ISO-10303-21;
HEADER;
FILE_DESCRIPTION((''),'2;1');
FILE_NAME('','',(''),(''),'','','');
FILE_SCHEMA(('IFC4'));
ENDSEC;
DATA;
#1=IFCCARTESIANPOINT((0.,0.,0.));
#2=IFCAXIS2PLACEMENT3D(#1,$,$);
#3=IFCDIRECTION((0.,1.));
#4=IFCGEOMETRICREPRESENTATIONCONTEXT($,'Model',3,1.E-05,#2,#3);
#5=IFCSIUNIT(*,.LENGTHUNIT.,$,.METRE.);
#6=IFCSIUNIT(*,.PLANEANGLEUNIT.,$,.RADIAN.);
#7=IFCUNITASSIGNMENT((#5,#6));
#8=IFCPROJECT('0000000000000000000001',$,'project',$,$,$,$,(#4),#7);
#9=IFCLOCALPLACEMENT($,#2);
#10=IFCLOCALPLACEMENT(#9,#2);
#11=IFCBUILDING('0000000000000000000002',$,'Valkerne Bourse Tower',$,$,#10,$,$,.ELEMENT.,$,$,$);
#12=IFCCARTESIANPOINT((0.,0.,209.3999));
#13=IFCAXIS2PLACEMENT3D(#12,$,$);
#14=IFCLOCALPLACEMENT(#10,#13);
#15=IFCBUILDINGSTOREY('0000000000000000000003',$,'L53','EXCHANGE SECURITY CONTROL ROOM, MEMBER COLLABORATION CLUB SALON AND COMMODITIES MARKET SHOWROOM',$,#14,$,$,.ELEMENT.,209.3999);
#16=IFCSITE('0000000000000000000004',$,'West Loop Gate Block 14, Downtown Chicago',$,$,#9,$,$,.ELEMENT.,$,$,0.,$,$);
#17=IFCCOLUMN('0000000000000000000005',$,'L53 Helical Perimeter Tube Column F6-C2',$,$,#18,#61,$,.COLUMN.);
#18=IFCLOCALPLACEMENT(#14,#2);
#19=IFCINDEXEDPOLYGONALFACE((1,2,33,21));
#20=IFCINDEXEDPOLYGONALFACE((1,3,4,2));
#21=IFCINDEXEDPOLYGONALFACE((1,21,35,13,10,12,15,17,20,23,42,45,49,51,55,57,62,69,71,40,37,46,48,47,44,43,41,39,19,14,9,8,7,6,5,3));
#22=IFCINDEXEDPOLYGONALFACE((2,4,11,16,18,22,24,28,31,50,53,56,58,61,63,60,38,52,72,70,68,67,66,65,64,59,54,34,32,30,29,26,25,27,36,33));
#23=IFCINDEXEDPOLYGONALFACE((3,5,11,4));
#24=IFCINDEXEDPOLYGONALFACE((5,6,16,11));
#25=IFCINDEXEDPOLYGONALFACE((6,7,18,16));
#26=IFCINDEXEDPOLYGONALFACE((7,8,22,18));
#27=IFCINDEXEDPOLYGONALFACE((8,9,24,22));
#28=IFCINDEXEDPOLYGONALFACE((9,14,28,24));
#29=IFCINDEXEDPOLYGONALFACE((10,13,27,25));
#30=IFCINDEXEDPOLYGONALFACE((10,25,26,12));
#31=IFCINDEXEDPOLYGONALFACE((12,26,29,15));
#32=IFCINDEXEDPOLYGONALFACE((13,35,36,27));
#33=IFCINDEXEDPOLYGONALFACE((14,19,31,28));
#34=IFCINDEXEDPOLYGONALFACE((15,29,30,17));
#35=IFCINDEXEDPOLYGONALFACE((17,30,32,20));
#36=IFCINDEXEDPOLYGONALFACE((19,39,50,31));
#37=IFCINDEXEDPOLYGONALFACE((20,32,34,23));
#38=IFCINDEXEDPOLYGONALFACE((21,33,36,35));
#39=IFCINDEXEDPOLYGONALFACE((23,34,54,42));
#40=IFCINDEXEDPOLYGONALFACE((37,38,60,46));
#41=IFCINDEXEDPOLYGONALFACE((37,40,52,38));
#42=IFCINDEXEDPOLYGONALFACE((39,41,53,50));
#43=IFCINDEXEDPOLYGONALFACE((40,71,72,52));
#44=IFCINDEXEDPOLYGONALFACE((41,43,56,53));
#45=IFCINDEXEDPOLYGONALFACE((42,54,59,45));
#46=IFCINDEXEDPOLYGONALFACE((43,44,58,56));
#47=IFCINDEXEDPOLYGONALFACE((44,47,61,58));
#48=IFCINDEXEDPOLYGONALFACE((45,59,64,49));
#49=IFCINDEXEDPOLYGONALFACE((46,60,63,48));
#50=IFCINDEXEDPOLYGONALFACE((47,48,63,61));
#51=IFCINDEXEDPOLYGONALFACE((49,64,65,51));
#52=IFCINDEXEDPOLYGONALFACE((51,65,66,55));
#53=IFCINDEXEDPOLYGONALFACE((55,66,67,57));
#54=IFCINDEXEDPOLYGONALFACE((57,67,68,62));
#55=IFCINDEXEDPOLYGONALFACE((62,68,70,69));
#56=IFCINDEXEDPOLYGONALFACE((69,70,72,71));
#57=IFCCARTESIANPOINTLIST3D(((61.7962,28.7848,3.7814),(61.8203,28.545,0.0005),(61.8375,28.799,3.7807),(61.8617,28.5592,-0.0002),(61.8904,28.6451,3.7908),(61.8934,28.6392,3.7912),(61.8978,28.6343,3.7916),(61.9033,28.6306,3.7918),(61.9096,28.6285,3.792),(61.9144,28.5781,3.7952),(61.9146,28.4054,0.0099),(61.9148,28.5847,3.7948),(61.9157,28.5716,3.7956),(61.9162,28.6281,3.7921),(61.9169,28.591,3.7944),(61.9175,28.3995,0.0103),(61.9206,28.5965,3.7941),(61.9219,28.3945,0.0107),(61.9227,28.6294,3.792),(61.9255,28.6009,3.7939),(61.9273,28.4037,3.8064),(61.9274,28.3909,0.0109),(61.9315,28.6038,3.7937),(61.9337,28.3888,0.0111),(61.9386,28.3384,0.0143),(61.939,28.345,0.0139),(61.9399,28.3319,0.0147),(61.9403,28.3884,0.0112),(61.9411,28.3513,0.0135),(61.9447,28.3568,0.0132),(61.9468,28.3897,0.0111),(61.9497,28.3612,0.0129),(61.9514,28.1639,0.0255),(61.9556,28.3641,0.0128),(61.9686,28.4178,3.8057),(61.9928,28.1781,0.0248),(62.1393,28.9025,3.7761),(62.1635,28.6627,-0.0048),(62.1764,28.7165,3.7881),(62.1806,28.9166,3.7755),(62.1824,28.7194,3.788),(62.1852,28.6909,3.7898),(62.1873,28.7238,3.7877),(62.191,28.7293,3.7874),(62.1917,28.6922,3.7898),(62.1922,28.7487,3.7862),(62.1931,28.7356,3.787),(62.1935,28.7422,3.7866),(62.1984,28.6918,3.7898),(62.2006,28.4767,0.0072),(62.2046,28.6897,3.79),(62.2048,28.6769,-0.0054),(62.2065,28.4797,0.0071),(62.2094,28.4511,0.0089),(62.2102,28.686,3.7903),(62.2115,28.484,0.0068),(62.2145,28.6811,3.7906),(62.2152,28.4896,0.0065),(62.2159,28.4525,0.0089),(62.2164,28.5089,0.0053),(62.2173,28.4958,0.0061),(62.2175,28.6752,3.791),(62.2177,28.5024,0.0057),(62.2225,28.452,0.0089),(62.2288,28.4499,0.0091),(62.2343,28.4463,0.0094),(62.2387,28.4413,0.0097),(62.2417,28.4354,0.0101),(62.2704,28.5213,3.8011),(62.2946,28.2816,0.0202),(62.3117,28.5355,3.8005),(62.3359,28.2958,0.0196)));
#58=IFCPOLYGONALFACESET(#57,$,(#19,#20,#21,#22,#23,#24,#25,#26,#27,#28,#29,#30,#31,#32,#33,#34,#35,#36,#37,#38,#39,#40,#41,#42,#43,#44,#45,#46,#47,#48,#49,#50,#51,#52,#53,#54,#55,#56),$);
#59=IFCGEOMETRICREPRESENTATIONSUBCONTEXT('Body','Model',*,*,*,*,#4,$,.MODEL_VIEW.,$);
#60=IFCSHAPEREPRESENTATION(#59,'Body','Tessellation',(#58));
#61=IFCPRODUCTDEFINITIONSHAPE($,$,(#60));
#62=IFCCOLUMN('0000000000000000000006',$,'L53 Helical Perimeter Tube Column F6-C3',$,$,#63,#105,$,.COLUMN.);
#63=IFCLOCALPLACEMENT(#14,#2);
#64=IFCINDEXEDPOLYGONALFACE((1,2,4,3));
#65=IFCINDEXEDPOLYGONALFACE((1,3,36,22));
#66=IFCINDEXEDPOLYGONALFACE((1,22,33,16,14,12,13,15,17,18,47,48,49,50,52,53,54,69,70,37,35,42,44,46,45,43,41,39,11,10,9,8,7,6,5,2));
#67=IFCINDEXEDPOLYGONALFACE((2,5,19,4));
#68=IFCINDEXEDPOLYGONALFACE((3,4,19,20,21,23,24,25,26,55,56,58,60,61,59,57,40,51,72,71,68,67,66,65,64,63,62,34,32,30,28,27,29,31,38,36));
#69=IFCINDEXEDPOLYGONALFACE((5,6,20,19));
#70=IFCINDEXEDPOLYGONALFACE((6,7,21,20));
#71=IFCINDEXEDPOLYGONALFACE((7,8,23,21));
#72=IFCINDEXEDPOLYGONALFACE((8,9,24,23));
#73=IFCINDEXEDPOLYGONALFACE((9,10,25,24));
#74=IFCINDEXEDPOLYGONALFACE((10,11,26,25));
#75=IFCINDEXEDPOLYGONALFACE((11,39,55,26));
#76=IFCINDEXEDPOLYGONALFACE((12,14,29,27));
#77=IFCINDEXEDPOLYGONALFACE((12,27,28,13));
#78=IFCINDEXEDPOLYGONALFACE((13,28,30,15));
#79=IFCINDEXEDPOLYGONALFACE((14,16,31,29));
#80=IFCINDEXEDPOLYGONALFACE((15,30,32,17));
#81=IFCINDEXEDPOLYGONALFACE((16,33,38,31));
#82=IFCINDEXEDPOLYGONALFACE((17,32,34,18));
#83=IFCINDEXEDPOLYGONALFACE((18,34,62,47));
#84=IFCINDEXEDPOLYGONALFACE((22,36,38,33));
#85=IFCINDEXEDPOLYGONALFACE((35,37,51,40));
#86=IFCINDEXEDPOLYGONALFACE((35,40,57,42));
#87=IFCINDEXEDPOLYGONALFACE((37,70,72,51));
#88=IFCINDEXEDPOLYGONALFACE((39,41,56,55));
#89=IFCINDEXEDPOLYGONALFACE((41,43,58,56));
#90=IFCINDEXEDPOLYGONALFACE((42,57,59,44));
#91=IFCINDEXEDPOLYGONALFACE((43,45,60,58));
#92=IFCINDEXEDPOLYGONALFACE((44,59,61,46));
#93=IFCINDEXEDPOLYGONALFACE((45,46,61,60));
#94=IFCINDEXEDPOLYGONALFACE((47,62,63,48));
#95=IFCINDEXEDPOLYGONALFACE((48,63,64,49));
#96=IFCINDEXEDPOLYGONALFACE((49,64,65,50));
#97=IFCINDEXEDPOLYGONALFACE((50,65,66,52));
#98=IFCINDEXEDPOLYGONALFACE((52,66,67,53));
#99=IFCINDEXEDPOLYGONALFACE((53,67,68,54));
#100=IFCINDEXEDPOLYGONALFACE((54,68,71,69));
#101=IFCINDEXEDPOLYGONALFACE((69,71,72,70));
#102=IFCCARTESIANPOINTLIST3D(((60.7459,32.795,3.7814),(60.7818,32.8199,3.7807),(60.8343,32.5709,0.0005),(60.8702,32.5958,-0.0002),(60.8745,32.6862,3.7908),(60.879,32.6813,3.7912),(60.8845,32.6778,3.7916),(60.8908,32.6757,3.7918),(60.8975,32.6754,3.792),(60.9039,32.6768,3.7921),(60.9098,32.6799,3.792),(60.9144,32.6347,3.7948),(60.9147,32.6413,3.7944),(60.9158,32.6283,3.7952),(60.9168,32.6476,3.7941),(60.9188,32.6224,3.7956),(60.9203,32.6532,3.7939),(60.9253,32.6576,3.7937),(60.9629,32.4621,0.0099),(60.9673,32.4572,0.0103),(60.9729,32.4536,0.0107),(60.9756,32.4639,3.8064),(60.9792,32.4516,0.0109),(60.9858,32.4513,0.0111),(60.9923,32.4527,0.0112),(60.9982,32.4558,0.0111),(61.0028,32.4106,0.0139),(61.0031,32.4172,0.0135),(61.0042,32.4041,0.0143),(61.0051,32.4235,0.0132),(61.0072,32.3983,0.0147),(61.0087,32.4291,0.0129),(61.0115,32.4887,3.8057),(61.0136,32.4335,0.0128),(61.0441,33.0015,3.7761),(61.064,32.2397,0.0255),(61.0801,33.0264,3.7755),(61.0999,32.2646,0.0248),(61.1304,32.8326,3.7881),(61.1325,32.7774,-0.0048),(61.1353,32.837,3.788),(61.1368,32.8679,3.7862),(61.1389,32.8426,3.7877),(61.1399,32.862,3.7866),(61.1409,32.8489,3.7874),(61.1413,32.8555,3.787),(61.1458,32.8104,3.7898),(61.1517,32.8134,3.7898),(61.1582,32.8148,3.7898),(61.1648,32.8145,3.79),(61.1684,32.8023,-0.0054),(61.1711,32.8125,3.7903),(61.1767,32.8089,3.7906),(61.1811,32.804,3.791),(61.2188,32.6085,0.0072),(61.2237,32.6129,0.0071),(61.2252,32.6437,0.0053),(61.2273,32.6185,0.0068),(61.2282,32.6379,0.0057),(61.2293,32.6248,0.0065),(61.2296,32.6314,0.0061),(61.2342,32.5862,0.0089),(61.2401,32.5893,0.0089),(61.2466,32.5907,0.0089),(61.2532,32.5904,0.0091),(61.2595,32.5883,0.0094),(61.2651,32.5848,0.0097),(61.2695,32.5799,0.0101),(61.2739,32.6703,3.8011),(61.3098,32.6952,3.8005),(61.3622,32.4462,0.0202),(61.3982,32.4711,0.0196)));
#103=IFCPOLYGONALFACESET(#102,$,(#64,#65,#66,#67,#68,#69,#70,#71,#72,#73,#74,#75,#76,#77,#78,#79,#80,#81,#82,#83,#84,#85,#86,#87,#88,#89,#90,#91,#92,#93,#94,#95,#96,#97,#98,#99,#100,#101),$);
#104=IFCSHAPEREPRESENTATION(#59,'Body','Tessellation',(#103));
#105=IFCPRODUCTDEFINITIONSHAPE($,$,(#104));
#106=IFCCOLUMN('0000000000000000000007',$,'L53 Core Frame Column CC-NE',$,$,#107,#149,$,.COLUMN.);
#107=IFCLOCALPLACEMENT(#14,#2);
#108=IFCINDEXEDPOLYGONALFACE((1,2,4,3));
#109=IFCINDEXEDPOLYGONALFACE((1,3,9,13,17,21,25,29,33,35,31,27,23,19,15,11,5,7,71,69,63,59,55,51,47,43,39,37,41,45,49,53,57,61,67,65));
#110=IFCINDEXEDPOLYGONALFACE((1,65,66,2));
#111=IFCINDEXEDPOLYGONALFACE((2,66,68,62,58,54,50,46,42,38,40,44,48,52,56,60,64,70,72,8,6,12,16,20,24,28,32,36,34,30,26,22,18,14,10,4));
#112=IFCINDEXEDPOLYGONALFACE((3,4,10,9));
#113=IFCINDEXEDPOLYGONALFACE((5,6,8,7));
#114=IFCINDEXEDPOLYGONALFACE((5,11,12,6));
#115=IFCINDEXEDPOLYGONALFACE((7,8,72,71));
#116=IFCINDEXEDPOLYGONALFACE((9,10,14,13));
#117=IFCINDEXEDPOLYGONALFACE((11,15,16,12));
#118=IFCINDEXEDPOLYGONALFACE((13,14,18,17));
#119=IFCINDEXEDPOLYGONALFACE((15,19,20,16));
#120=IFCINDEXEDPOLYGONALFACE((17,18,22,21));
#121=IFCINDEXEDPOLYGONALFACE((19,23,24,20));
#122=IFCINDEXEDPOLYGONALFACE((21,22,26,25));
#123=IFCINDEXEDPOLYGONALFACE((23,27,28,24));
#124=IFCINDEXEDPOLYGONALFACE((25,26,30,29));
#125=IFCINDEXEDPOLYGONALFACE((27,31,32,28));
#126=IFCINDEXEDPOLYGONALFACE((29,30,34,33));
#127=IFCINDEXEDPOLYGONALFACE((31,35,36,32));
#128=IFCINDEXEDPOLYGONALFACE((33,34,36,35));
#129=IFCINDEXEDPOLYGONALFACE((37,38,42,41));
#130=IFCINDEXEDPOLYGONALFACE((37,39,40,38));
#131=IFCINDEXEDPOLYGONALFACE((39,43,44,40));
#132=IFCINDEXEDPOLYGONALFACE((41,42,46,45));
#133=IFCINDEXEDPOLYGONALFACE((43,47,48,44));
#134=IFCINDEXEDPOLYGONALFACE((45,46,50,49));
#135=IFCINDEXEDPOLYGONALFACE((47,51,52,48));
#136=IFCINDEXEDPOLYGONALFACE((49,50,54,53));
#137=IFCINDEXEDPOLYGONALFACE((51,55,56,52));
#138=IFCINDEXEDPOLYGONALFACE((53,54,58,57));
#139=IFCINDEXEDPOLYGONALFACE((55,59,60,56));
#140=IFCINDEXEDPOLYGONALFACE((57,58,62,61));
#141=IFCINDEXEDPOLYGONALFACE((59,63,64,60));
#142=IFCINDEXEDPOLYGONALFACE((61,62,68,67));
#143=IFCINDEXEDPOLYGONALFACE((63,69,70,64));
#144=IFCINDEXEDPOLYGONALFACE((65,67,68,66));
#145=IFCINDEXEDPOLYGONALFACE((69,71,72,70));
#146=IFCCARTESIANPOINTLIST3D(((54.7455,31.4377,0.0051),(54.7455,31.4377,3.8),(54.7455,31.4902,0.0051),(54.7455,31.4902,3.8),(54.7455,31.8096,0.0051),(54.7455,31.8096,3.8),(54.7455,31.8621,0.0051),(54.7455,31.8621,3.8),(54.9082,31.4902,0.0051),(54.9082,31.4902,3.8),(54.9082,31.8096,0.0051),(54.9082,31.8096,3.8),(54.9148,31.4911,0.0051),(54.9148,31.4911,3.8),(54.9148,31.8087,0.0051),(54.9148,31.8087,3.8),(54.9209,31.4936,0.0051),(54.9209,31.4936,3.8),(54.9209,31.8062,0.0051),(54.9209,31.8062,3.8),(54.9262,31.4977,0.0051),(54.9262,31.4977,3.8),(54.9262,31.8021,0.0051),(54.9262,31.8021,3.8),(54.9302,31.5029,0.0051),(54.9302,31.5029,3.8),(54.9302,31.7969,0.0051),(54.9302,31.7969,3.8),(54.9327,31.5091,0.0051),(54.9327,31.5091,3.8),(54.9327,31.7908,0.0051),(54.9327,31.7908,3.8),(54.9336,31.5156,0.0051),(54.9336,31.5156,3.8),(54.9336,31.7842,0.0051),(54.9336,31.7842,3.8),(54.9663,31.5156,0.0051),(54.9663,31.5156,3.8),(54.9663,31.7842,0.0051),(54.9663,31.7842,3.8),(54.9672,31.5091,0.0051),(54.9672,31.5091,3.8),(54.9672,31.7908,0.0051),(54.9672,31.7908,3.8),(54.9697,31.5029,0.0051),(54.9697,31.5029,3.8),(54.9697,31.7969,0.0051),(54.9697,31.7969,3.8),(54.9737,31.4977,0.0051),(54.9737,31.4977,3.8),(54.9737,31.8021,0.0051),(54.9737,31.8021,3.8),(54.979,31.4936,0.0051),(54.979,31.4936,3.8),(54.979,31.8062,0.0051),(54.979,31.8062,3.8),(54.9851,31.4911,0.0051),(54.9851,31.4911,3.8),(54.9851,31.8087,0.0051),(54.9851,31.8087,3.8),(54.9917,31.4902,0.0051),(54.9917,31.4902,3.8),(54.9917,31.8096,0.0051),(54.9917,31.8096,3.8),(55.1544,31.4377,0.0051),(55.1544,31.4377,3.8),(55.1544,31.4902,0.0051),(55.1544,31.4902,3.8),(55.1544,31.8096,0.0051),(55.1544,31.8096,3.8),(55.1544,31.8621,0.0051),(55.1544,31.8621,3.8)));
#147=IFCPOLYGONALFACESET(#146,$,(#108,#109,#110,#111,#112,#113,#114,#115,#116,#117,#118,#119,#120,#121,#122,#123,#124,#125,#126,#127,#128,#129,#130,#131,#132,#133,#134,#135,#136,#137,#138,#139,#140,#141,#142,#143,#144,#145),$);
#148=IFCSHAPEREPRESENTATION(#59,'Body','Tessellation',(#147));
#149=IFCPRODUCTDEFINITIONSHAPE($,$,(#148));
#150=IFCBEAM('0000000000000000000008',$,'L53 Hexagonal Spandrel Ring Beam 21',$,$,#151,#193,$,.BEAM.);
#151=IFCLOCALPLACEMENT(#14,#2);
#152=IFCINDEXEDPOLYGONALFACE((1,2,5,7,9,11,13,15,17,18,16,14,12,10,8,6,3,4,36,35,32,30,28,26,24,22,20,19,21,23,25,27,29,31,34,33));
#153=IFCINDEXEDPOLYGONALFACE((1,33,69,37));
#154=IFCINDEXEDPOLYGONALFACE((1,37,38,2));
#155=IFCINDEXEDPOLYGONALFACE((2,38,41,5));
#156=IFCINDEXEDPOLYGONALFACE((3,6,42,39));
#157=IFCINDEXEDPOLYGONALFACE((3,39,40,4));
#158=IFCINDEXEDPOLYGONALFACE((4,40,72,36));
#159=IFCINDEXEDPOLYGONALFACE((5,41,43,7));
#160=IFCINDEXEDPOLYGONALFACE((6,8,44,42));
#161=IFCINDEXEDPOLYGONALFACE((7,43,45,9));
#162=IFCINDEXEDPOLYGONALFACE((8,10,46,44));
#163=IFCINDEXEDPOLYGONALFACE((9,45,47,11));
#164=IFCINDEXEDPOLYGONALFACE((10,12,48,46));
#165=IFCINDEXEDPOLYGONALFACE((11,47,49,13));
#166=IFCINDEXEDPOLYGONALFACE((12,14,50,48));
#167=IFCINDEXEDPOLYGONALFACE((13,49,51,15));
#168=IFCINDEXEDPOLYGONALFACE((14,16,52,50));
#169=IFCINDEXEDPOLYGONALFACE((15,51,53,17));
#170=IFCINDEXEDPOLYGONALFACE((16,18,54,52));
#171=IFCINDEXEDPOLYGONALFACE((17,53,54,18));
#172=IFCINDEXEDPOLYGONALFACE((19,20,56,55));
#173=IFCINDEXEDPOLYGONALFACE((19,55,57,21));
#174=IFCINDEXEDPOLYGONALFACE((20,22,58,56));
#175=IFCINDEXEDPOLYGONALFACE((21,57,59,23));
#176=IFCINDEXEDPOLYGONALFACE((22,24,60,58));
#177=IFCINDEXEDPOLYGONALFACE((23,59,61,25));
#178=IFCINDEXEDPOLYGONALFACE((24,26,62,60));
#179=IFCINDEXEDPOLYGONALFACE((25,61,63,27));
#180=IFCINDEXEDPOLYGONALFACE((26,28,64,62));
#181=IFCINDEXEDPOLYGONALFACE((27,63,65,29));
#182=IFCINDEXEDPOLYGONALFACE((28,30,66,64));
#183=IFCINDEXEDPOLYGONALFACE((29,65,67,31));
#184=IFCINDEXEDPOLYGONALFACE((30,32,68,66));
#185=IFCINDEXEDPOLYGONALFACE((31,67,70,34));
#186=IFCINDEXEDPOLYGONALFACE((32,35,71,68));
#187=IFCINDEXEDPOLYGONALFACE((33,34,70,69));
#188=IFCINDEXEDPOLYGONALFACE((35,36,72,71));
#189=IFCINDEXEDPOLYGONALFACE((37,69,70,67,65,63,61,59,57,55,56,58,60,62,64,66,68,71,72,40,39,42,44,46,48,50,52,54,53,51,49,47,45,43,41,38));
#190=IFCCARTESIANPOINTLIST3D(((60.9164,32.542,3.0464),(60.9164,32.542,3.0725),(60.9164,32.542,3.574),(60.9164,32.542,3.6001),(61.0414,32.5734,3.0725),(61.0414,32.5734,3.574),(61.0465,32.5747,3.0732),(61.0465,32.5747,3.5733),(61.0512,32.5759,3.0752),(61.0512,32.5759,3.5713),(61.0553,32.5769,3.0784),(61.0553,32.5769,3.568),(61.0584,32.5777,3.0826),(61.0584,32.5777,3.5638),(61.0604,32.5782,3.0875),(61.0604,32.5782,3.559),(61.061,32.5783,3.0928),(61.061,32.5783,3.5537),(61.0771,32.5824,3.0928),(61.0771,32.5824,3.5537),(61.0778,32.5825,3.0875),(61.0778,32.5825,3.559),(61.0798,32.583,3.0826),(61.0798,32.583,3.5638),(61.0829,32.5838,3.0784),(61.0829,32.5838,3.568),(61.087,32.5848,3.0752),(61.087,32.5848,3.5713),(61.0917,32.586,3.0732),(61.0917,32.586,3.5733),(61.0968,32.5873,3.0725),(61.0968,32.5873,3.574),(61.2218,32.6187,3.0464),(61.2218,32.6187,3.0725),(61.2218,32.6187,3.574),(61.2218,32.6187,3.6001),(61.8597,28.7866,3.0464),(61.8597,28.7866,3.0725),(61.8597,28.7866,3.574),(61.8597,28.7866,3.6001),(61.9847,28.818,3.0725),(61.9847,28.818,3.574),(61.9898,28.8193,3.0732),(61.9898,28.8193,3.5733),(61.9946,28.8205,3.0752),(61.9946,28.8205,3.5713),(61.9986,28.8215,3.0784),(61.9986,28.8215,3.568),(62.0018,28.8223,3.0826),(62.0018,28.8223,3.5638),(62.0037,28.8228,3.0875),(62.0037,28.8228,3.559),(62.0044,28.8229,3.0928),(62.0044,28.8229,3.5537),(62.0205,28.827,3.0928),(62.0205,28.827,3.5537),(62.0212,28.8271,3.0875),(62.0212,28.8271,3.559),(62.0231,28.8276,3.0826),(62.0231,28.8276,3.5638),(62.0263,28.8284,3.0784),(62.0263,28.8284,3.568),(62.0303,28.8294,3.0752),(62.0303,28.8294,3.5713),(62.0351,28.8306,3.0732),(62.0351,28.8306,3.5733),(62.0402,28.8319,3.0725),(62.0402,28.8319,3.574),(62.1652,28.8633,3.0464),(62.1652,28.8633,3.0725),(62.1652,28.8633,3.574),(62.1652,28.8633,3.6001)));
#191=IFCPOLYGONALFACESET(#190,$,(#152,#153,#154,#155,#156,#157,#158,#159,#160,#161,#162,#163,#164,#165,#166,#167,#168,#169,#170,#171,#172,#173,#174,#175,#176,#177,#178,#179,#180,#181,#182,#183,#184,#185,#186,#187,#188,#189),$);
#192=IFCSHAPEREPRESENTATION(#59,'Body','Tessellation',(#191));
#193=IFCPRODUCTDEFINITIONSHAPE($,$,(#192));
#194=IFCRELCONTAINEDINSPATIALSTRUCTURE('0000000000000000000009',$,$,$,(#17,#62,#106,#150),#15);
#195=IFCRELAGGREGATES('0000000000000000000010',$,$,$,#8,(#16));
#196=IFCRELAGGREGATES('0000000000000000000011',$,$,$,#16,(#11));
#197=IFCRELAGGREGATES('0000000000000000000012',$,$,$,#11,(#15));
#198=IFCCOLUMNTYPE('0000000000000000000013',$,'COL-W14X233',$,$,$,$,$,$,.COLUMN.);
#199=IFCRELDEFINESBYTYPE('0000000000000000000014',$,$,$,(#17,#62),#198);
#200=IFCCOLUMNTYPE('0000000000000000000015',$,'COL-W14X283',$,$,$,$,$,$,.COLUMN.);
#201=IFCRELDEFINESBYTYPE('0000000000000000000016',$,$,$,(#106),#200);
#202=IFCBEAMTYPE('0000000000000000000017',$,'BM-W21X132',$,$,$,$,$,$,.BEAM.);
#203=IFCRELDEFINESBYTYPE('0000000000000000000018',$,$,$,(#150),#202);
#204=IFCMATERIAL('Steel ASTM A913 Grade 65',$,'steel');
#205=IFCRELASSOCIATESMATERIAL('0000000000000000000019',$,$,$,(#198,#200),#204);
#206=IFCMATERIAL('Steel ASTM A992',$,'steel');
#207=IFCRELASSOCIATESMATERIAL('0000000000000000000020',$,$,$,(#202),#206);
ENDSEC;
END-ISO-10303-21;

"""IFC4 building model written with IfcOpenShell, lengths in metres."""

from ifc_helpers import new_model, si_unit, direction, frame, origin, origin_2d, place, context, subcontext, project, spatial, i_section, extrude, material, material_profile, profile_set, type_object, element, save


model = new_model("IFC4")

# Units and contexts
model_context = context("Model", 3, precision=1e-05, world=origin(), true_north=direction((0.0, 1.0)))
body_context = subcontext(model_context, "Body", "Model", "MODEL_VIEW")
ifc_project = project(units=[si_unit("LENGTHUNIT", "METRE"), si_unit("PLANEANGLEUNIT", "RADIAN")], contexts=[model_context])

# Site, building, storey
site_placement = place(None, origin())
site = spatial("IfcSite", under=ifc_project, at=site_placement, Name="West Loop Gate Block 14, Downtown Chicago", CompositionType="ELEMENT", RefElevation=0.0)
building_placement = place(site_placement, origin())
building = spatial("IfcBuilding", under=site, at=building_placement, Name="Valkerne Bourse Tower", CompositionType="ELEMENT")
storey_placement = place(building_placement, frame((0.0, 0.0, 209.3999)))
storey = spatial("IfcBuildingStorey", under=building, at=storey_placement, Name="L53", Description="EXCHANGE SECURITY CONTROL ROOM, MEMBER COLLABORATION CLUB SALON AND COMMODITIES MARKET SHOWROOM", CompositionType="ELEMENT", Elevation=209.3999)

# Columns
ifc_material_1 = material(Name="Steel ASTM A913 Grade 65", Category="steel")
ifc_material_profile_1 = material_profile(ifc_material_1, i_section(OverallWidth=0.4038, OverallDepth=0.4065, WebThickness=0.0271, FlangeThickness=0.0437, FilletRadius=0.0254, at=origin_2d()), Name="W14X233")
ifc_profile_set_1 = profile_set([ifc_material_profile_1], Name="Steel ASTM A913 Grade 65")
column_type_1 = type_object("IfcColumnType", Name="COL-W14X233", PredefinedType="COLUMN", material=ifc_profile_set_1)
for number, where, z_axis, x_axis, name in (
    (1, (62.0781, 28.4204, 0.01), (-0.00638, 0.06328, 0.997975), (0.324658, -0.943803, 0.06192), "L53 Helical Perimeter Tube Column F6-C2"),
    (2, (61.1162, 32.521, 0.01), (-0.023327, 0.059156, 0.997976), (0.568859, -0.820102, 0.061909), "L53 Helical Perimeter Tube Column F6-C3"),
):
    element("IfcColumn", number, at=place(storey_placement, frame(where, z_axis=z_axis, x_axis=x_axis)), inside=storey, type_object=column_type_1, Name=name, PredefinedType="COLUMN", context=body_context, shape_type="SweptSolid", body=[
        extrude(i_section(OverallWidth=0.4038, OverallDepth=0.4065, WebThickness=0.0271, FlangeThickness=0.0437, FilletRadius=0.0254, at=origin_2d()), origin(), (0.0, 0.0, 1.0), 3.7886),
    ])
ifc_material_profile_2 = material_profile(ifc_material_1, i_section(OverallWidth=0.4089, OverallDepth=0.4243, WebThickness=0.0327, FlangeThickness=0.0525, FilletRadius=0.0254, at=origin_2d()), Name="W14X283")
ifc_profile_set_2 = profile_set([ifc_material_profile_2], Name="Steel ASTM A913 Grade 65")
column_type_2 = type_object("IfcColumnType", Name="COL-W14X283", PredefinedType="COLUMN", material=ifc_profile_set_2)
column_placement = place(storey_placement, frame((54.95, 31.6499, 0.0051), z_axis=(0.0, 0.0, 1.0), x_axis=(1.0, 0.0, 0.0)))
element("IfcColumn", 3, at=column_placement, inside=storey, type_object=column_type_2, Name="L53 Core Frame Column CC-NE", PredefinedType="COLUMN", context=body_context, shape_type="SweptSolid", body=[
    extrude(i_section(OverallWidth=0.4089, OverallDepth=0.4243, WebThickness=0.0327, FlangeThickness=0.0525, FilletRadius=0.0254, at=origin_2d()), origin(), (0.0, 0.0, 1.0), 3.7949),
])

# Beam
ifc_material_2 = material(Name="Steel ASTM A992", Category="steel")
ifc_material_profile_3 = material_profile(ifc_material_2, i_section(OverallWidth=0.3149, OverallDepth=0.5537, WebThickness=0.0166, FlangeThickness=0.0261, FilletRadius=0.0203, at=origin_2d()), Name="W21X132")
ifc_profile_set_3 = profile_set([ifc_material_profile_3], Name="Steel ASTM A992")
beam_type_1 = type_object("IfcBeamType", Name="BM-W21X132", PredefinedType="BEAM", material=ifc_profile_set_3)
beam_1_placement = place(storey_placement, frame((62.0125, 28.825, 3.3232), z_axis=(-0.243633, 0.969867, 0.0), x_axis=(-0.969867, -0.243633, 0.0)))
element("IfcBeam", 4, at=beam_1_placement, inside=storey, type_object=beam_type_1, Name="L53 Hexagonal Spandrel Ring Beam 21", PredefinedType="BEAM", context=body_context, shape_type="SweptSolid", body=[
    extrude(i_section(OverallWidth=0.3149, OverallDepth=0.5537, WebThickness=0.0166, FlangeThickness=0.0261, FilletRadius=0.0203, at=origin_2d()), origin(), (0.0, 0.0, 1.0), 3.8721),
])

save(model, "model.ifc")
